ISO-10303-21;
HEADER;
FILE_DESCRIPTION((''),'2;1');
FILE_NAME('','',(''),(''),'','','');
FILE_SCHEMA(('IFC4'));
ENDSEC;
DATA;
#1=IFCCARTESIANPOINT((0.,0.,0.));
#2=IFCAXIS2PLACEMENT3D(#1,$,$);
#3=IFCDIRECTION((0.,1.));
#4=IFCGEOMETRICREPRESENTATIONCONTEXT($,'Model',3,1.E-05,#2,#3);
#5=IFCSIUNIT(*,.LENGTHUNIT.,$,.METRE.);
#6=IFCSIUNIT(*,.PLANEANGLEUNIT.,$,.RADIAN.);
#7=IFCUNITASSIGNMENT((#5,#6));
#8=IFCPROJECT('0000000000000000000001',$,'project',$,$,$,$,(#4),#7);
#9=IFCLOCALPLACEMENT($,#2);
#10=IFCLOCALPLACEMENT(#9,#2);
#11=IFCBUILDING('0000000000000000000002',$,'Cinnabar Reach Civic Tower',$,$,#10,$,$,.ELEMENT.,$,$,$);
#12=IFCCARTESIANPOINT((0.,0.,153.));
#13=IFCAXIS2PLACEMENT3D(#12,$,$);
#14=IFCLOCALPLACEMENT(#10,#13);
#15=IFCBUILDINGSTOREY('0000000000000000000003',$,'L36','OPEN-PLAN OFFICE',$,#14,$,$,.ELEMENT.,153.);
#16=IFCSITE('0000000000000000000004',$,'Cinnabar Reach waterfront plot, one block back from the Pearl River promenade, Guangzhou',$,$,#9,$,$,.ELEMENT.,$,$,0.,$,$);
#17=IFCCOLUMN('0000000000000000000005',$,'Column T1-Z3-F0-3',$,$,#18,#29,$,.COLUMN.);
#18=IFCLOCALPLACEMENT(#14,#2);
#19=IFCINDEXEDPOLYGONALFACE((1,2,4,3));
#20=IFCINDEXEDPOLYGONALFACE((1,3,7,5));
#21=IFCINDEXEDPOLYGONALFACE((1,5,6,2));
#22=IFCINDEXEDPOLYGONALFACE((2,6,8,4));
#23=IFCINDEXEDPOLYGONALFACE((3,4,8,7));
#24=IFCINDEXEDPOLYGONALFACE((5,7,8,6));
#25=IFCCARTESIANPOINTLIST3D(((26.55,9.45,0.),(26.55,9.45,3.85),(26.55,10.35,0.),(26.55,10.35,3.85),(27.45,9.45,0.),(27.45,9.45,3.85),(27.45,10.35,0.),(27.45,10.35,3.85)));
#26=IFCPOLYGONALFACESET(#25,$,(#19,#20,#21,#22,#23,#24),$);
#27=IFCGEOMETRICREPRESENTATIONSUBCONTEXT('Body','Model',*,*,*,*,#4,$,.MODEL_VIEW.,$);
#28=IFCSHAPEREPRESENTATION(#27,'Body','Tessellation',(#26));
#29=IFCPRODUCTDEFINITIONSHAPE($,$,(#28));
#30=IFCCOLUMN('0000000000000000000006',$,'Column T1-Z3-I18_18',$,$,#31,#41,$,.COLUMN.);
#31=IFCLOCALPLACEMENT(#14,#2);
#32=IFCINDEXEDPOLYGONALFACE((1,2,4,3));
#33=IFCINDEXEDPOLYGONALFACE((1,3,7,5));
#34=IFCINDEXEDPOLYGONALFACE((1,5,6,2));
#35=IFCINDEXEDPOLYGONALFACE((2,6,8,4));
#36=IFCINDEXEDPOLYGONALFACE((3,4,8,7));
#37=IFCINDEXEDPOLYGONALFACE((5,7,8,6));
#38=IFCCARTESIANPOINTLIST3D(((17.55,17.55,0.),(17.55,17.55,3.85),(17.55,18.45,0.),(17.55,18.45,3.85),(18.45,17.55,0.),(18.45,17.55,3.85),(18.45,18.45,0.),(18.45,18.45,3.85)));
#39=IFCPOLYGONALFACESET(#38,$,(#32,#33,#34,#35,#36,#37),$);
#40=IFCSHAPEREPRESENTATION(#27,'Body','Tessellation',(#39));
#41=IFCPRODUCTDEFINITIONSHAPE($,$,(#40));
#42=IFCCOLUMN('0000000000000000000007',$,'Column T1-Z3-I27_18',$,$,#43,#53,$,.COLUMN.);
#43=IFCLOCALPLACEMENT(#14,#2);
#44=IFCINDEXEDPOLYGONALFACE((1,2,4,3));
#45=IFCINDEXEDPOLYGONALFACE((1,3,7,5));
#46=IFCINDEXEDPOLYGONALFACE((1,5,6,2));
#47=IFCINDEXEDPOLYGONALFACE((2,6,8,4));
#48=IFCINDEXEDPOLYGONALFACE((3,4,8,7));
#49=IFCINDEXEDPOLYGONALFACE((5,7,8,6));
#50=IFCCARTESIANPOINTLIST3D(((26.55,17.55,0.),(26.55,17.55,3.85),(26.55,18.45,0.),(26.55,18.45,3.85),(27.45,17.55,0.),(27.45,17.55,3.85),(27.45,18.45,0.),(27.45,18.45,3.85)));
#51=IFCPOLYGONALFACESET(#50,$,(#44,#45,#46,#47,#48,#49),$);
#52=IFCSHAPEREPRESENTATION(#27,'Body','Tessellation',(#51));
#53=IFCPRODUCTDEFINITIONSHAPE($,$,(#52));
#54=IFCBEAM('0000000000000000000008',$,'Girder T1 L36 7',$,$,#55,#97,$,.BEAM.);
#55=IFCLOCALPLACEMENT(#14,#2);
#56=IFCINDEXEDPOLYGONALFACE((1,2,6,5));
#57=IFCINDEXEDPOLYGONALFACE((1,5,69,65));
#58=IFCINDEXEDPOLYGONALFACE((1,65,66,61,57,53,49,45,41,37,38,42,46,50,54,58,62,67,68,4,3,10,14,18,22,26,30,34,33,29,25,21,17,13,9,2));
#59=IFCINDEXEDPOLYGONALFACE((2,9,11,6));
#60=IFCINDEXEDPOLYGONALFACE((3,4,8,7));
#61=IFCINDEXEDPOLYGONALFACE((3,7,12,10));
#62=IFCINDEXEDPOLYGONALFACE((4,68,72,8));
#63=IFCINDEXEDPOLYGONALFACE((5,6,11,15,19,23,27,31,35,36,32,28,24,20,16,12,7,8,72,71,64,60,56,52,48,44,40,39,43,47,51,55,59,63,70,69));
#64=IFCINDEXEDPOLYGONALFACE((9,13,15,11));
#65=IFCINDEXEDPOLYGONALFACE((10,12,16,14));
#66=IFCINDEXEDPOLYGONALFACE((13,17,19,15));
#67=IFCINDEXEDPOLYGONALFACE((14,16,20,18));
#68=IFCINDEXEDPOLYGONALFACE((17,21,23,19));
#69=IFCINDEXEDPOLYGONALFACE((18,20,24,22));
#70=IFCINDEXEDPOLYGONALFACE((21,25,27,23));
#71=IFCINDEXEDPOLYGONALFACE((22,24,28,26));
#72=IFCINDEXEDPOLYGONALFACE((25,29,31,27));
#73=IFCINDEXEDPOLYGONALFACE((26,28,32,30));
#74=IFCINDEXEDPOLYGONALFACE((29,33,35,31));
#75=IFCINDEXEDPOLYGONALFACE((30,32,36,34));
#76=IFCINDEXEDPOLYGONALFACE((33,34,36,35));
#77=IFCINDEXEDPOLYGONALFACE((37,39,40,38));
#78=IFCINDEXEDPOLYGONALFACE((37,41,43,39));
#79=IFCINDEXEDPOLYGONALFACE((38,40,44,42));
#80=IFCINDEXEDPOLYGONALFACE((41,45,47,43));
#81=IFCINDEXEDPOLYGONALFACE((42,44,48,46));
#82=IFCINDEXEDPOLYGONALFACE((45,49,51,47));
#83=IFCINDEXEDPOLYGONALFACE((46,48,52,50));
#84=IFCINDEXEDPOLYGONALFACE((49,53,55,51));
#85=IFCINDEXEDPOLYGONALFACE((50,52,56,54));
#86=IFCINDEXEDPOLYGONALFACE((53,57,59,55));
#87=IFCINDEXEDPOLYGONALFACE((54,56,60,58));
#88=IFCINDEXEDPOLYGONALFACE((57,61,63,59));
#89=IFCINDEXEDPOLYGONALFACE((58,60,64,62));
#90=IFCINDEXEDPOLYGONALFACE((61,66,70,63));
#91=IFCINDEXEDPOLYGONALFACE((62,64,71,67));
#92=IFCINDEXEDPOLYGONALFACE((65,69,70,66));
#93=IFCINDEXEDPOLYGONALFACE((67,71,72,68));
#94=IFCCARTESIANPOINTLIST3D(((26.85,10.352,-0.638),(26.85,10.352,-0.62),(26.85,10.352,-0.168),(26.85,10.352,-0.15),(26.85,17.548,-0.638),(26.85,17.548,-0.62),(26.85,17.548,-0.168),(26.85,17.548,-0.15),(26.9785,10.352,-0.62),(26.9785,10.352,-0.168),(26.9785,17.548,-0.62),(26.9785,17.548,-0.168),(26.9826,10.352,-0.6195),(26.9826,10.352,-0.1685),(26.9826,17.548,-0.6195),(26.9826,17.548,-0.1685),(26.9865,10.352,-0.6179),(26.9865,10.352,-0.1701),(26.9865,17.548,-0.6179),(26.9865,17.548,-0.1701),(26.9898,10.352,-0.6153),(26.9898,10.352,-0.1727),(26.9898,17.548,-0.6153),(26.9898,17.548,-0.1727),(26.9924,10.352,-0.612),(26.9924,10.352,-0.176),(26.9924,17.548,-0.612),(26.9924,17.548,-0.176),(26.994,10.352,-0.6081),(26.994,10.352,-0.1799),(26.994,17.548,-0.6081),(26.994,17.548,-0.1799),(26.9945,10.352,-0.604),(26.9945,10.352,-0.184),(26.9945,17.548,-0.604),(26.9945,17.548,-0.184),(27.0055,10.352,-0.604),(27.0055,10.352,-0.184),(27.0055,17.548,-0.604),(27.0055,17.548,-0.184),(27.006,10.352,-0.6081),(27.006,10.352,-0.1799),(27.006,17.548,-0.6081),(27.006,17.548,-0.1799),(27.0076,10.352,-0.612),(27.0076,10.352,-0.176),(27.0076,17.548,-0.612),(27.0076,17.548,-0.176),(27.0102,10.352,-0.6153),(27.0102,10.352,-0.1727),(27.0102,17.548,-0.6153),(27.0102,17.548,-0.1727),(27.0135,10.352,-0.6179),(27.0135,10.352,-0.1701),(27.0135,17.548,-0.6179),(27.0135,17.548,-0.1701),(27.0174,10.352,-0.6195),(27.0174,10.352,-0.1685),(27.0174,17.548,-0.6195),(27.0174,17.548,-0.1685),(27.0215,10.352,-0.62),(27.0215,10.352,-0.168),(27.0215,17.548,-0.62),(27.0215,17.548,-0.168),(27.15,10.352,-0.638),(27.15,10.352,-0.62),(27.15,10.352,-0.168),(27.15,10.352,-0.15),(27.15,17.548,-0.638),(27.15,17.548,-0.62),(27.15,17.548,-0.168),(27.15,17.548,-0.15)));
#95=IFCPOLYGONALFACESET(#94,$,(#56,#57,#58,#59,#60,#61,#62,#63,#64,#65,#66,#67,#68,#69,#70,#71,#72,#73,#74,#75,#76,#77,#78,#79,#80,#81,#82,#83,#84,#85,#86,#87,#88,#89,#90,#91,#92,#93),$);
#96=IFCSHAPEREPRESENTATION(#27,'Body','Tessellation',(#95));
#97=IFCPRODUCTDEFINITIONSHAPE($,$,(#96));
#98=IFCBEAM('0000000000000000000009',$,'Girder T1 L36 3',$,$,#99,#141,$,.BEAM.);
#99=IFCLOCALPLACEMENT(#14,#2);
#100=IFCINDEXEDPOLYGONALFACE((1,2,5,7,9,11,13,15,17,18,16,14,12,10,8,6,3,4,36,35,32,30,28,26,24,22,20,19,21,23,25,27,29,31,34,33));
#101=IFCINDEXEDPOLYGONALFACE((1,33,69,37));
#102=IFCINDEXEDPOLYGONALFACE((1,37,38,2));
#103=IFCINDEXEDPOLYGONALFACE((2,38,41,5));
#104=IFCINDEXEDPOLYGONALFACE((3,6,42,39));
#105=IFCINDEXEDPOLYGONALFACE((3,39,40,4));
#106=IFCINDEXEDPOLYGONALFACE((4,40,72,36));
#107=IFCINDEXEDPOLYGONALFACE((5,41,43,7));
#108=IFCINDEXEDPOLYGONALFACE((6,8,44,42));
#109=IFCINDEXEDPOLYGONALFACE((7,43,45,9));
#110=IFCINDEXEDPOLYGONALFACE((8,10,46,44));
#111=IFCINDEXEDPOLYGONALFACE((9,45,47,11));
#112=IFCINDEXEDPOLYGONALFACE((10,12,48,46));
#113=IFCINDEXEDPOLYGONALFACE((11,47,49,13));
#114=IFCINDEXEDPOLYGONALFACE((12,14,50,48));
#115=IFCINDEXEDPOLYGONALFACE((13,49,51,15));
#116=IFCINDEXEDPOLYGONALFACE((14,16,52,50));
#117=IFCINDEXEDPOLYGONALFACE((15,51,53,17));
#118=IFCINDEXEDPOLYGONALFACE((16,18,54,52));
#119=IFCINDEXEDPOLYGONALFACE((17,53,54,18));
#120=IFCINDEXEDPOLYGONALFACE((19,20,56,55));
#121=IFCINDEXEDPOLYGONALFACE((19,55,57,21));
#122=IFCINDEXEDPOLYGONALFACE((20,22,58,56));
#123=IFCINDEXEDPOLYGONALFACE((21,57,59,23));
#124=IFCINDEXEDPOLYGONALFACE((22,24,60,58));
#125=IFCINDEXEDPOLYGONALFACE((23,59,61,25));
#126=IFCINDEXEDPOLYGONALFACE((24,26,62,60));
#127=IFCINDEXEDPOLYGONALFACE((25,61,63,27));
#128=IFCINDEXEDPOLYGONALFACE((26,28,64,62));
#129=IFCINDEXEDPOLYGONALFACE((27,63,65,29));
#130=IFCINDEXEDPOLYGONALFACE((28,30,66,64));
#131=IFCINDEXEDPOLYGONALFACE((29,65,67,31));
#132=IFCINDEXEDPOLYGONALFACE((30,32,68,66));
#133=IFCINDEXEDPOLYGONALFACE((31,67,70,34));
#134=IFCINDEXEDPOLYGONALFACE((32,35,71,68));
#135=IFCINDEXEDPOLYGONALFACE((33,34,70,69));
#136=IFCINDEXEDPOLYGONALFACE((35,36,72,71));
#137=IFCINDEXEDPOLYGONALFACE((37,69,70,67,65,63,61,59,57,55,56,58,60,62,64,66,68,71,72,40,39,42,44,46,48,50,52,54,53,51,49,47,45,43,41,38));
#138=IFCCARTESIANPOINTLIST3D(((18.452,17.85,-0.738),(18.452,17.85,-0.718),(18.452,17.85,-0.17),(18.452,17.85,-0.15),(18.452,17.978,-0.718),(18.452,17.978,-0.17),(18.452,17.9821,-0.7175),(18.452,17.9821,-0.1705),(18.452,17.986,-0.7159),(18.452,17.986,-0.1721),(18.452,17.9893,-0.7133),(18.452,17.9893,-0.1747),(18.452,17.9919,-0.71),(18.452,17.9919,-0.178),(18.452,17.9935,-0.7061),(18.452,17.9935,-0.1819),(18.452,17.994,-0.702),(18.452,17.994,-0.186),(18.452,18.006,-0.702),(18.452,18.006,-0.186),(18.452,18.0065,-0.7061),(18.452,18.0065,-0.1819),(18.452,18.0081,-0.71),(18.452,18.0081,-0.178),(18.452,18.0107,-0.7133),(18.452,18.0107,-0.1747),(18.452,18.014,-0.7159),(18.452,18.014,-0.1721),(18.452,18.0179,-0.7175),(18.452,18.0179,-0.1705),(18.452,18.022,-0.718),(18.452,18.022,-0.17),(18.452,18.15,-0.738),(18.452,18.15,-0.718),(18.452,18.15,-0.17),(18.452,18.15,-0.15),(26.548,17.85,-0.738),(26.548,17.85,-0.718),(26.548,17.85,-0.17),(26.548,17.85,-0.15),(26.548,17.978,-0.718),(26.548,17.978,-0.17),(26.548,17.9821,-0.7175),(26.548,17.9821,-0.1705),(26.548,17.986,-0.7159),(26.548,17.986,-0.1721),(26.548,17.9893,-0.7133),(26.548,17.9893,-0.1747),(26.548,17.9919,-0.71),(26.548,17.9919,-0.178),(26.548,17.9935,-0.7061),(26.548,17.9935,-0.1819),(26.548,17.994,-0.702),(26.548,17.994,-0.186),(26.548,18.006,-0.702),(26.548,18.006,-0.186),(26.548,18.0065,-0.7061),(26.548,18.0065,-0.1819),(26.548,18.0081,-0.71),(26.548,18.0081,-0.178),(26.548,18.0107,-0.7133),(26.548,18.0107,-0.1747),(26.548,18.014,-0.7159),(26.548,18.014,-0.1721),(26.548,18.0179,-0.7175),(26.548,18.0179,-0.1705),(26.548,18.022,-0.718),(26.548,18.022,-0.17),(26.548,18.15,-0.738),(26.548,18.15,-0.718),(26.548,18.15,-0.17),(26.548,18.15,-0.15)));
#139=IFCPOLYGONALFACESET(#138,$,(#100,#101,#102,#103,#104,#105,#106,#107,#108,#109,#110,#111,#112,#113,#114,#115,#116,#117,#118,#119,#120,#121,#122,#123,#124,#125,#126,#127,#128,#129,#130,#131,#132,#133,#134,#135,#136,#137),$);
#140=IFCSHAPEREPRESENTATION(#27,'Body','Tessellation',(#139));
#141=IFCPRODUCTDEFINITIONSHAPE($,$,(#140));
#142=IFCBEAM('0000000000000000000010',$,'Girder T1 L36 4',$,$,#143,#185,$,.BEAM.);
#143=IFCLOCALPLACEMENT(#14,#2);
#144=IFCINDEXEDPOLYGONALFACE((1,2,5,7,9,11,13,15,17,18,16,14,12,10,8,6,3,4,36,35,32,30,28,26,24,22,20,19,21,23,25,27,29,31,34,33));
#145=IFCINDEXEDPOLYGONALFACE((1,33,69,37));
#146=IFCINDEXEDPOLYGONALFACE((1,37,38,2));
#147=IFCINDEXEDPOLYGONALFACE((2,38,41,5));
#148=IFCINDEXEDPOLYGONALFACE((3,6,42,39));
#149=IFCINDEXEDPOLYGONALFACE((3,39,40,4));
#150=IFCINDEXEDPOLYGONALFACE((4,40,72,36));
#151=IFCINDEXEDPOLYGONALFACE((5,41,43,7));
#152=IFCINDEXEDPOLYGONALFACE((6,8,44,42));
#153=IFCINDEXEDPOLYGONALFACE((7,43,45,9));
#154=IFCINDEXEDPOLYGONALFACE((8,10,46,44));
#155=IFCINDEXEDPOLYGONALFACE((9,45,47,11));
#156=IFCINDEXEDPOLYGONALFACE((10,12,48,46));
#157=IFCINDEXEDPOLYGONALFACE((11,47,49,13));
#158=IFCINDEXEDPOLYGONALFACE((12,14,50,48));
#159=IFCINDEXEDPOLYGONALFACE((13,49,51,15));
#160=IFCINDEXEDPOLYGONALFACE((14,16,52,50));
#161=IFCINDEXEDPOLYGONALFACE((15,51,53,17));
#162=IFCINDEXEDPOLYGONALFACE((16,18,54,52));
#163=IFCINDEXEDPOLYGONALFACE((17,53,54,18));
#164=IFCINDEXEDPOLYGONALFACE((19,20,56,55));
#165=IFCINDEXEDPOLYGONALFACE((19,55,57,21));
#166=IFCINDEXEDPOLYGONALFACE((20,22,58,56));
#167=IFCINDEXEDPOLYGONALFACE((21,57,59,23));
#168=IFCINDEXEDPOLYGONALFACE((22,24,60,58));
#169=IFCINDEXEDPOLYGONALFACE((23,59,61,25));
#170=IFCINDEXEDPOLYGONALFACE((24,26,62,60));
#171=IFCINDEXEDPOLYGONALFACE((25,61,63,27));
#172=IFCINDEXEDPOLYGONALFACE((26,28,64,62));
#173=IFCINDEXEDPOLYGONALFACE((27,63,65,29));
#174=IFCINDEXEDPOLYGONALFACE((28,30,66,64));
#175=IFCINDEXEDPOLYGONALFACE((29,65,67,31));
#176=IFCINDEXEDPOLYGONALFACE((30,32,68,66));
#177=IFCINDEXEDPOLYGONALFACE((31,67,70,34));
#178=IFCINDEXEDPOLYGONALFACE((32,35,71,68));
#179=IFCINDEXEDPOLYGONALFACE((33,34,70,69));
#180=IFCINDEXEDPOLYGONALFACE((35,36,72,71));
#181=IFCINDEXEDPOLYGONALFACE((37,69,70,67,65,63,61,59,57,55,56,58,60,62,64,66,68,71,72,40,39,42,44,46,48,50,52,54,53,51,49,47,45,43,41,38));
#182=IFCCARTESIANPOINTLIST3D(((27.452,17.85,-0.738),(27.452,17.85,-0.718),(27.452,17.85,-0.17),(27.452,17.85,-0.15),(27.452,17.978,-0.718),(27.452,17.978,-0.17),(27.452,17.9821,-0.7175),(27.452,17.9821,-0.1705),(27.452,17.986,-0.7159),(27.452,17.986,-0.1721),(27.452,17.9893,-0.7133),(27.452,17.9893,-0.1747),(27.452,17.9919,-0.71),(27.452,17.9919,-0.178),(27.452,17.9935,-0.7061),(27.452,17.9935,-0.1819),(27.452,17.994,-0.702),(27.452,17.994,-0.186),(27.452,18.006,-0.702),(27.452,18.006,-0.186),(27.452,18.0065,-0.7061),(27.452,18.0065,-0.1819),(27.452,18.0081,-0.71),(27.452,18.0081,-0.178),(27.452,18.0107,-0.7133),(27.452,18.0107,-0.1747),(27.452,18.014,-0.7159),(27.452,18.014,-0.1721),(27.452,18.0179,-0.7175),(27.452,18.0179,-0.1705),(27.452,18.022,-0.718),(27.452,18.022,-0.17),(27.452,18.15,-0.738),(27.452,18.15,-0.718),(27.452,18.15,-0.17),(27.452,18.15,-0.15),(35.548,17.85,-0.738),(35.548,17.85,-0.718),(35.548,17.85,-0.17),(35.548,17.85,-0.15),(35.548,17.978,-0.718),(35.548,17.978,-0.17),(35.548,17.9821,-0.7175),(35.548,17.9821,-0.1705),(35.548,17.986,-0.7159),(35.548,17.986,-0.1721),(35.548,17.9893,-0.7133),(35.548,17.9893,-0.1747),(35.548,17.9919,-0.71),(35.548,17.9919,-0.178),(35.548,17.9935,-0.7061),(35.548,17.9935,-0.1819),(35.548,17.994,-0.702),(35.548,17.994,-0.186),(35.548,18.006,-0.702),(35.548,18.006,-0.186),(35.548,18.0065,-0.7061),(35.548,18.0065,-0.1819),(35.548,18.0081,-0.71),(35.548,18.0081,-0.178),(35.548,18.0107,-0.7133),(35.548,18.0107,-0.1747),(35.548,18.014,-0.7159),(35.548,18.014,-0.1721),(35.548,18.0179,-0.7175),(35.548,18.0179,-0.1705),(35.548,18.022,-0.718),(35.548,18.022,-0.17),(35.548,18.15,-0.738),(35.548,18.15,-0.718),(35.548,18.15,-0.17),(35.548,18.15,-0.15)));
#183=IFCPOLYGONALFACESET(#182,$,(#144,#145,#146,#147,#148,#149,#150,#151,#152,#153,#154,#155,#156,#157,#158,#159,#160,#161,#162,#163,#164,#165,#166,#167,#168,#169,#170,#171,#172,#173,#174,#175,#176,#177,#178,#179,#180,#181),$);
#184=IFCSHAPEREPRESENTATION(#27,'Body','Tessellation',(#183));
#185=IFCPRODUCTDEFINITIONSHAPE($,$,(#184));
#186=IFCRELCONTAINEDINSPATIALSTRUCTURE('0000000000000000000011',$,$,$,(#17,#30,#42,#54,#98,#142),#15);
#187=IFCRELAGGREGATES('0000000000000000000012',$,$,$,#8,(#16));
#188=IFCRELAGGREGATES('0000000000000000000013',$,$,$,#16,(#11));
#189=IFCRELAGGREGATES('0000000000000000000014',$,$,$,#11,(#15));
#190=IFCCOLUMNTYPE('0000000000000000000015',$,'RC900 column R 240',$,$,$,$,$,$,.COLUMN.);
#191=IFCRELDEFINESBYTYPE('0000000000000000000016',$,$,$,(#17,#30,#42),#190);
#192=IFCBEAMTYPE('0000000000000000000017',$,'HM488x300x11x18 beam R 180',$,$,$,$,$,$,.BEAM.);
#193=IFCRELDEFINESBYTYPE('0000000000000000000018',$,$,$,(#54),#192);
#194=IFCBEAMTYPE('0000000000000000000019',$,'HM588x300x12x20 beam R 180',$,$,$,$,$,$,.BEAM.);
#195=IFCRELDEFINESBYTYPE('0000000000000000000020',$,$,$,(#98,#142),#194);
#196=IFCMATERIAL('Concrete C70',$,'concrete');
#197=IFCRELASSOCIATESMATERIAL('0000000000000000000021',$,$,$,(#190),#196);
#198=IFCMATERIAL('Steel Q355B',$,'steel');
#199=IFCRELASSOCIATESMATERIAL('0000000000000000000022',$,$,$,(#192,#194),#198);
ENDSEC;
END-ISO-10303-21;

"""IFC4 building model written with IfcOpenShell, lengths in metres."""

from ifc_helpers import new_model, si_unit, direction, frame, origin, origin_2d, place, context, subcontext, project, spatial, rectangle, i_section, extrude, material, material_profile, profile_set, type_object, element, save


model = new_model("IFC4")

# Units and contexts
model_context = context("Model", 3, precision=1e-05, world=origin(), true_north=direction((0.0, 1.0)))
body_context = subcontext(model_context, "Body", "Model", "MODEL_VIEW")
ifc_project = project(units=[si_unit("LENGTHUNIT", "METRE"), si_unit("PLANEANGLEUNIT", "RADIAN")], contexts=[model_context])

# Site, building, storey
site_placement = place(None, origin())
site = spatial("IfcSite", under=ifc_project, at=site_placement, Name="Cinnabar Reach waterfront plot, one block back from the Pearl River promenade, Guangzhou", CompositionType="ELEMENT", RefElevation=0.0)
building_placement = place(site_placement, origin())
building = spatial("IfcBuilding", under=site, at=building_placement, Name="Cinnabar Reach Civic Tower", CompositionType="ELEMENT")
storey_placement = place(building_placement, frame((0.0, 0.0, 153.0)))
storey = spatial("IfcBuildingStorey", under=building, at=storey_placement, Name="L36", Description="OPEN-PLAN OFFICE", CompositionType="ELEMENT", Elevation=153.0)

# Columns
ifc_material_1 = material(Name="Concrete C70", Category="concrete")
ifc_material_profile_1 = material_profile(ifc_material_1, rectangle(XDim=0.9, YDim=0.9, at=origin_2d()), Name="RC900")
ifc_profile_set_1 = profile_set([ifc_material_profile_1], Name="Concrete C70")
column_type = type_object("IfcColumnType", Name="RC900 column R 240", PredefinedType="COLUMN", material=ifc_profile_set_1)
for number, where, z_axis, x_axis, name in (
    (1, (27.0, 9.9, 0.0), (0.0, 0.0, 1.0), (1.0, 0.0, 0.0), "Column T1-Z3-F0-3"),
    (2, (18.0, 18.0, 0.0), (0.0, 0.0, 1.0), (1.0, 0.0, 0.0), "Column T1-Z3-I18_18"),
    (3, (27.0, 18.0, 0.0), (0.0, 0.0, 1.0), (1.0, 0.0, 0.0), "Column T1-Z3-I27_18"),
):
    element("IfcColumn", number, at=place(storey_placement, frame(where, z_axis=z_axis, x_axis=x_axis)), inside=storey, type_object=column_type, Name=name, PredefinedType="COLUMN", context=body_context, shape_type="SweptSolid", body=[
        extrude(rectangle(XDim=0.9, YDim=0.9, at=origin_2d()), origin(), (0.0, 0.0, 1.0), 3.85),
    ])

# Beams
ifc_material_2 = material(Name="Steel Q355B", Category="steel")
ifc_material_profile_2 = material_profile(ifc_material_2, i_section(OverallWidth=0.3, OverallDepth=0.488, WebThickness=0.011, FlangeThickness=0.018, FilletRadius=0.016, at=origin_2d()), Name="HM488x300x11x18")
ifc_profile_set_2 = profile_set([ifc_material_profile_2], Name="Steel Q355B")
beam_type_1 = type_object("IfcBeamType", Name="HM488x300x11x18 beam R 180", PredefinedType="BEAM", material=ifc_profile_set_2)
beam_1_placement = place(storey_placement, frame((27.0, 10.352, -0.394), z_axis=(0.0, 1.0, 0.0), x_axis=(-1.0, 0.0, 0.0)))
element("IfcBeam", 4, at=beam_1_placement, inside=storey, type_object=beam_type_1, Name="Girder T1 L36 7", PredefinedType="BEAM", context=body_context, shape_type="SweptSolid", body=[
    extrude(i_section(OverallWidth=0.3, OverallDepth=0.488, WebThickness=0.011, FlangeThickness=0.018, FilletRadius=0.016, at=origin_2d()), origin(), (0.0, 0.0, 1.0), 7.196),
])
ifc_material_profile_3 = material_profile(ifc_material_2, i_section(OverallWidth=0.3, OverallDepth=0.588, WebThickness=0.012, FlangeThickness=0.02, FilletRadius=0.016, at=origin_2d()), Name="HM588x300x12x20")
ifc_profile_set_3 = profile_set([ifc_material_profile_3], Name="Steel Q355B")
beam_type_2 = type_object("IfcBeamType", Name="HM588x300x12x20 beam R 180", PredefinedType="BEAM", material=ifc_profile_set_3)
for number, where, z_axis, x_axis, name in (
    (5, (18.452, 18.0, -0.444), (1.0, 0.0, 0.0), (0.0, 1.0, 0.0), "Girder T1 L36 3"),
    (6, (27.452, 18.0, -0.444), (1.0, 0.0, 0.0), (0.0, 1.0, 0.0), "Girder T1 L36 4"),
):
    element("IfcBeam", number, at=place(storey_placement, frame(where, z_axis=z_axis, x_axis=x_axis)), inside=storey, type_object=beam_type_2, Name=name, PredefinedType="BEAM", context=body_context, shape_type="SweptSolid", body=[
        extrude(i_section(OverallWidth=0.3, OverallDepth=0.588, WebThickness=0.012, FlangeThickness=0.02, FilletRadius=0.016, at=origin_2d()), origin(), (0.0, 0.0, 1.0), 8.096),
    ])

save(model, "model.ifc")
